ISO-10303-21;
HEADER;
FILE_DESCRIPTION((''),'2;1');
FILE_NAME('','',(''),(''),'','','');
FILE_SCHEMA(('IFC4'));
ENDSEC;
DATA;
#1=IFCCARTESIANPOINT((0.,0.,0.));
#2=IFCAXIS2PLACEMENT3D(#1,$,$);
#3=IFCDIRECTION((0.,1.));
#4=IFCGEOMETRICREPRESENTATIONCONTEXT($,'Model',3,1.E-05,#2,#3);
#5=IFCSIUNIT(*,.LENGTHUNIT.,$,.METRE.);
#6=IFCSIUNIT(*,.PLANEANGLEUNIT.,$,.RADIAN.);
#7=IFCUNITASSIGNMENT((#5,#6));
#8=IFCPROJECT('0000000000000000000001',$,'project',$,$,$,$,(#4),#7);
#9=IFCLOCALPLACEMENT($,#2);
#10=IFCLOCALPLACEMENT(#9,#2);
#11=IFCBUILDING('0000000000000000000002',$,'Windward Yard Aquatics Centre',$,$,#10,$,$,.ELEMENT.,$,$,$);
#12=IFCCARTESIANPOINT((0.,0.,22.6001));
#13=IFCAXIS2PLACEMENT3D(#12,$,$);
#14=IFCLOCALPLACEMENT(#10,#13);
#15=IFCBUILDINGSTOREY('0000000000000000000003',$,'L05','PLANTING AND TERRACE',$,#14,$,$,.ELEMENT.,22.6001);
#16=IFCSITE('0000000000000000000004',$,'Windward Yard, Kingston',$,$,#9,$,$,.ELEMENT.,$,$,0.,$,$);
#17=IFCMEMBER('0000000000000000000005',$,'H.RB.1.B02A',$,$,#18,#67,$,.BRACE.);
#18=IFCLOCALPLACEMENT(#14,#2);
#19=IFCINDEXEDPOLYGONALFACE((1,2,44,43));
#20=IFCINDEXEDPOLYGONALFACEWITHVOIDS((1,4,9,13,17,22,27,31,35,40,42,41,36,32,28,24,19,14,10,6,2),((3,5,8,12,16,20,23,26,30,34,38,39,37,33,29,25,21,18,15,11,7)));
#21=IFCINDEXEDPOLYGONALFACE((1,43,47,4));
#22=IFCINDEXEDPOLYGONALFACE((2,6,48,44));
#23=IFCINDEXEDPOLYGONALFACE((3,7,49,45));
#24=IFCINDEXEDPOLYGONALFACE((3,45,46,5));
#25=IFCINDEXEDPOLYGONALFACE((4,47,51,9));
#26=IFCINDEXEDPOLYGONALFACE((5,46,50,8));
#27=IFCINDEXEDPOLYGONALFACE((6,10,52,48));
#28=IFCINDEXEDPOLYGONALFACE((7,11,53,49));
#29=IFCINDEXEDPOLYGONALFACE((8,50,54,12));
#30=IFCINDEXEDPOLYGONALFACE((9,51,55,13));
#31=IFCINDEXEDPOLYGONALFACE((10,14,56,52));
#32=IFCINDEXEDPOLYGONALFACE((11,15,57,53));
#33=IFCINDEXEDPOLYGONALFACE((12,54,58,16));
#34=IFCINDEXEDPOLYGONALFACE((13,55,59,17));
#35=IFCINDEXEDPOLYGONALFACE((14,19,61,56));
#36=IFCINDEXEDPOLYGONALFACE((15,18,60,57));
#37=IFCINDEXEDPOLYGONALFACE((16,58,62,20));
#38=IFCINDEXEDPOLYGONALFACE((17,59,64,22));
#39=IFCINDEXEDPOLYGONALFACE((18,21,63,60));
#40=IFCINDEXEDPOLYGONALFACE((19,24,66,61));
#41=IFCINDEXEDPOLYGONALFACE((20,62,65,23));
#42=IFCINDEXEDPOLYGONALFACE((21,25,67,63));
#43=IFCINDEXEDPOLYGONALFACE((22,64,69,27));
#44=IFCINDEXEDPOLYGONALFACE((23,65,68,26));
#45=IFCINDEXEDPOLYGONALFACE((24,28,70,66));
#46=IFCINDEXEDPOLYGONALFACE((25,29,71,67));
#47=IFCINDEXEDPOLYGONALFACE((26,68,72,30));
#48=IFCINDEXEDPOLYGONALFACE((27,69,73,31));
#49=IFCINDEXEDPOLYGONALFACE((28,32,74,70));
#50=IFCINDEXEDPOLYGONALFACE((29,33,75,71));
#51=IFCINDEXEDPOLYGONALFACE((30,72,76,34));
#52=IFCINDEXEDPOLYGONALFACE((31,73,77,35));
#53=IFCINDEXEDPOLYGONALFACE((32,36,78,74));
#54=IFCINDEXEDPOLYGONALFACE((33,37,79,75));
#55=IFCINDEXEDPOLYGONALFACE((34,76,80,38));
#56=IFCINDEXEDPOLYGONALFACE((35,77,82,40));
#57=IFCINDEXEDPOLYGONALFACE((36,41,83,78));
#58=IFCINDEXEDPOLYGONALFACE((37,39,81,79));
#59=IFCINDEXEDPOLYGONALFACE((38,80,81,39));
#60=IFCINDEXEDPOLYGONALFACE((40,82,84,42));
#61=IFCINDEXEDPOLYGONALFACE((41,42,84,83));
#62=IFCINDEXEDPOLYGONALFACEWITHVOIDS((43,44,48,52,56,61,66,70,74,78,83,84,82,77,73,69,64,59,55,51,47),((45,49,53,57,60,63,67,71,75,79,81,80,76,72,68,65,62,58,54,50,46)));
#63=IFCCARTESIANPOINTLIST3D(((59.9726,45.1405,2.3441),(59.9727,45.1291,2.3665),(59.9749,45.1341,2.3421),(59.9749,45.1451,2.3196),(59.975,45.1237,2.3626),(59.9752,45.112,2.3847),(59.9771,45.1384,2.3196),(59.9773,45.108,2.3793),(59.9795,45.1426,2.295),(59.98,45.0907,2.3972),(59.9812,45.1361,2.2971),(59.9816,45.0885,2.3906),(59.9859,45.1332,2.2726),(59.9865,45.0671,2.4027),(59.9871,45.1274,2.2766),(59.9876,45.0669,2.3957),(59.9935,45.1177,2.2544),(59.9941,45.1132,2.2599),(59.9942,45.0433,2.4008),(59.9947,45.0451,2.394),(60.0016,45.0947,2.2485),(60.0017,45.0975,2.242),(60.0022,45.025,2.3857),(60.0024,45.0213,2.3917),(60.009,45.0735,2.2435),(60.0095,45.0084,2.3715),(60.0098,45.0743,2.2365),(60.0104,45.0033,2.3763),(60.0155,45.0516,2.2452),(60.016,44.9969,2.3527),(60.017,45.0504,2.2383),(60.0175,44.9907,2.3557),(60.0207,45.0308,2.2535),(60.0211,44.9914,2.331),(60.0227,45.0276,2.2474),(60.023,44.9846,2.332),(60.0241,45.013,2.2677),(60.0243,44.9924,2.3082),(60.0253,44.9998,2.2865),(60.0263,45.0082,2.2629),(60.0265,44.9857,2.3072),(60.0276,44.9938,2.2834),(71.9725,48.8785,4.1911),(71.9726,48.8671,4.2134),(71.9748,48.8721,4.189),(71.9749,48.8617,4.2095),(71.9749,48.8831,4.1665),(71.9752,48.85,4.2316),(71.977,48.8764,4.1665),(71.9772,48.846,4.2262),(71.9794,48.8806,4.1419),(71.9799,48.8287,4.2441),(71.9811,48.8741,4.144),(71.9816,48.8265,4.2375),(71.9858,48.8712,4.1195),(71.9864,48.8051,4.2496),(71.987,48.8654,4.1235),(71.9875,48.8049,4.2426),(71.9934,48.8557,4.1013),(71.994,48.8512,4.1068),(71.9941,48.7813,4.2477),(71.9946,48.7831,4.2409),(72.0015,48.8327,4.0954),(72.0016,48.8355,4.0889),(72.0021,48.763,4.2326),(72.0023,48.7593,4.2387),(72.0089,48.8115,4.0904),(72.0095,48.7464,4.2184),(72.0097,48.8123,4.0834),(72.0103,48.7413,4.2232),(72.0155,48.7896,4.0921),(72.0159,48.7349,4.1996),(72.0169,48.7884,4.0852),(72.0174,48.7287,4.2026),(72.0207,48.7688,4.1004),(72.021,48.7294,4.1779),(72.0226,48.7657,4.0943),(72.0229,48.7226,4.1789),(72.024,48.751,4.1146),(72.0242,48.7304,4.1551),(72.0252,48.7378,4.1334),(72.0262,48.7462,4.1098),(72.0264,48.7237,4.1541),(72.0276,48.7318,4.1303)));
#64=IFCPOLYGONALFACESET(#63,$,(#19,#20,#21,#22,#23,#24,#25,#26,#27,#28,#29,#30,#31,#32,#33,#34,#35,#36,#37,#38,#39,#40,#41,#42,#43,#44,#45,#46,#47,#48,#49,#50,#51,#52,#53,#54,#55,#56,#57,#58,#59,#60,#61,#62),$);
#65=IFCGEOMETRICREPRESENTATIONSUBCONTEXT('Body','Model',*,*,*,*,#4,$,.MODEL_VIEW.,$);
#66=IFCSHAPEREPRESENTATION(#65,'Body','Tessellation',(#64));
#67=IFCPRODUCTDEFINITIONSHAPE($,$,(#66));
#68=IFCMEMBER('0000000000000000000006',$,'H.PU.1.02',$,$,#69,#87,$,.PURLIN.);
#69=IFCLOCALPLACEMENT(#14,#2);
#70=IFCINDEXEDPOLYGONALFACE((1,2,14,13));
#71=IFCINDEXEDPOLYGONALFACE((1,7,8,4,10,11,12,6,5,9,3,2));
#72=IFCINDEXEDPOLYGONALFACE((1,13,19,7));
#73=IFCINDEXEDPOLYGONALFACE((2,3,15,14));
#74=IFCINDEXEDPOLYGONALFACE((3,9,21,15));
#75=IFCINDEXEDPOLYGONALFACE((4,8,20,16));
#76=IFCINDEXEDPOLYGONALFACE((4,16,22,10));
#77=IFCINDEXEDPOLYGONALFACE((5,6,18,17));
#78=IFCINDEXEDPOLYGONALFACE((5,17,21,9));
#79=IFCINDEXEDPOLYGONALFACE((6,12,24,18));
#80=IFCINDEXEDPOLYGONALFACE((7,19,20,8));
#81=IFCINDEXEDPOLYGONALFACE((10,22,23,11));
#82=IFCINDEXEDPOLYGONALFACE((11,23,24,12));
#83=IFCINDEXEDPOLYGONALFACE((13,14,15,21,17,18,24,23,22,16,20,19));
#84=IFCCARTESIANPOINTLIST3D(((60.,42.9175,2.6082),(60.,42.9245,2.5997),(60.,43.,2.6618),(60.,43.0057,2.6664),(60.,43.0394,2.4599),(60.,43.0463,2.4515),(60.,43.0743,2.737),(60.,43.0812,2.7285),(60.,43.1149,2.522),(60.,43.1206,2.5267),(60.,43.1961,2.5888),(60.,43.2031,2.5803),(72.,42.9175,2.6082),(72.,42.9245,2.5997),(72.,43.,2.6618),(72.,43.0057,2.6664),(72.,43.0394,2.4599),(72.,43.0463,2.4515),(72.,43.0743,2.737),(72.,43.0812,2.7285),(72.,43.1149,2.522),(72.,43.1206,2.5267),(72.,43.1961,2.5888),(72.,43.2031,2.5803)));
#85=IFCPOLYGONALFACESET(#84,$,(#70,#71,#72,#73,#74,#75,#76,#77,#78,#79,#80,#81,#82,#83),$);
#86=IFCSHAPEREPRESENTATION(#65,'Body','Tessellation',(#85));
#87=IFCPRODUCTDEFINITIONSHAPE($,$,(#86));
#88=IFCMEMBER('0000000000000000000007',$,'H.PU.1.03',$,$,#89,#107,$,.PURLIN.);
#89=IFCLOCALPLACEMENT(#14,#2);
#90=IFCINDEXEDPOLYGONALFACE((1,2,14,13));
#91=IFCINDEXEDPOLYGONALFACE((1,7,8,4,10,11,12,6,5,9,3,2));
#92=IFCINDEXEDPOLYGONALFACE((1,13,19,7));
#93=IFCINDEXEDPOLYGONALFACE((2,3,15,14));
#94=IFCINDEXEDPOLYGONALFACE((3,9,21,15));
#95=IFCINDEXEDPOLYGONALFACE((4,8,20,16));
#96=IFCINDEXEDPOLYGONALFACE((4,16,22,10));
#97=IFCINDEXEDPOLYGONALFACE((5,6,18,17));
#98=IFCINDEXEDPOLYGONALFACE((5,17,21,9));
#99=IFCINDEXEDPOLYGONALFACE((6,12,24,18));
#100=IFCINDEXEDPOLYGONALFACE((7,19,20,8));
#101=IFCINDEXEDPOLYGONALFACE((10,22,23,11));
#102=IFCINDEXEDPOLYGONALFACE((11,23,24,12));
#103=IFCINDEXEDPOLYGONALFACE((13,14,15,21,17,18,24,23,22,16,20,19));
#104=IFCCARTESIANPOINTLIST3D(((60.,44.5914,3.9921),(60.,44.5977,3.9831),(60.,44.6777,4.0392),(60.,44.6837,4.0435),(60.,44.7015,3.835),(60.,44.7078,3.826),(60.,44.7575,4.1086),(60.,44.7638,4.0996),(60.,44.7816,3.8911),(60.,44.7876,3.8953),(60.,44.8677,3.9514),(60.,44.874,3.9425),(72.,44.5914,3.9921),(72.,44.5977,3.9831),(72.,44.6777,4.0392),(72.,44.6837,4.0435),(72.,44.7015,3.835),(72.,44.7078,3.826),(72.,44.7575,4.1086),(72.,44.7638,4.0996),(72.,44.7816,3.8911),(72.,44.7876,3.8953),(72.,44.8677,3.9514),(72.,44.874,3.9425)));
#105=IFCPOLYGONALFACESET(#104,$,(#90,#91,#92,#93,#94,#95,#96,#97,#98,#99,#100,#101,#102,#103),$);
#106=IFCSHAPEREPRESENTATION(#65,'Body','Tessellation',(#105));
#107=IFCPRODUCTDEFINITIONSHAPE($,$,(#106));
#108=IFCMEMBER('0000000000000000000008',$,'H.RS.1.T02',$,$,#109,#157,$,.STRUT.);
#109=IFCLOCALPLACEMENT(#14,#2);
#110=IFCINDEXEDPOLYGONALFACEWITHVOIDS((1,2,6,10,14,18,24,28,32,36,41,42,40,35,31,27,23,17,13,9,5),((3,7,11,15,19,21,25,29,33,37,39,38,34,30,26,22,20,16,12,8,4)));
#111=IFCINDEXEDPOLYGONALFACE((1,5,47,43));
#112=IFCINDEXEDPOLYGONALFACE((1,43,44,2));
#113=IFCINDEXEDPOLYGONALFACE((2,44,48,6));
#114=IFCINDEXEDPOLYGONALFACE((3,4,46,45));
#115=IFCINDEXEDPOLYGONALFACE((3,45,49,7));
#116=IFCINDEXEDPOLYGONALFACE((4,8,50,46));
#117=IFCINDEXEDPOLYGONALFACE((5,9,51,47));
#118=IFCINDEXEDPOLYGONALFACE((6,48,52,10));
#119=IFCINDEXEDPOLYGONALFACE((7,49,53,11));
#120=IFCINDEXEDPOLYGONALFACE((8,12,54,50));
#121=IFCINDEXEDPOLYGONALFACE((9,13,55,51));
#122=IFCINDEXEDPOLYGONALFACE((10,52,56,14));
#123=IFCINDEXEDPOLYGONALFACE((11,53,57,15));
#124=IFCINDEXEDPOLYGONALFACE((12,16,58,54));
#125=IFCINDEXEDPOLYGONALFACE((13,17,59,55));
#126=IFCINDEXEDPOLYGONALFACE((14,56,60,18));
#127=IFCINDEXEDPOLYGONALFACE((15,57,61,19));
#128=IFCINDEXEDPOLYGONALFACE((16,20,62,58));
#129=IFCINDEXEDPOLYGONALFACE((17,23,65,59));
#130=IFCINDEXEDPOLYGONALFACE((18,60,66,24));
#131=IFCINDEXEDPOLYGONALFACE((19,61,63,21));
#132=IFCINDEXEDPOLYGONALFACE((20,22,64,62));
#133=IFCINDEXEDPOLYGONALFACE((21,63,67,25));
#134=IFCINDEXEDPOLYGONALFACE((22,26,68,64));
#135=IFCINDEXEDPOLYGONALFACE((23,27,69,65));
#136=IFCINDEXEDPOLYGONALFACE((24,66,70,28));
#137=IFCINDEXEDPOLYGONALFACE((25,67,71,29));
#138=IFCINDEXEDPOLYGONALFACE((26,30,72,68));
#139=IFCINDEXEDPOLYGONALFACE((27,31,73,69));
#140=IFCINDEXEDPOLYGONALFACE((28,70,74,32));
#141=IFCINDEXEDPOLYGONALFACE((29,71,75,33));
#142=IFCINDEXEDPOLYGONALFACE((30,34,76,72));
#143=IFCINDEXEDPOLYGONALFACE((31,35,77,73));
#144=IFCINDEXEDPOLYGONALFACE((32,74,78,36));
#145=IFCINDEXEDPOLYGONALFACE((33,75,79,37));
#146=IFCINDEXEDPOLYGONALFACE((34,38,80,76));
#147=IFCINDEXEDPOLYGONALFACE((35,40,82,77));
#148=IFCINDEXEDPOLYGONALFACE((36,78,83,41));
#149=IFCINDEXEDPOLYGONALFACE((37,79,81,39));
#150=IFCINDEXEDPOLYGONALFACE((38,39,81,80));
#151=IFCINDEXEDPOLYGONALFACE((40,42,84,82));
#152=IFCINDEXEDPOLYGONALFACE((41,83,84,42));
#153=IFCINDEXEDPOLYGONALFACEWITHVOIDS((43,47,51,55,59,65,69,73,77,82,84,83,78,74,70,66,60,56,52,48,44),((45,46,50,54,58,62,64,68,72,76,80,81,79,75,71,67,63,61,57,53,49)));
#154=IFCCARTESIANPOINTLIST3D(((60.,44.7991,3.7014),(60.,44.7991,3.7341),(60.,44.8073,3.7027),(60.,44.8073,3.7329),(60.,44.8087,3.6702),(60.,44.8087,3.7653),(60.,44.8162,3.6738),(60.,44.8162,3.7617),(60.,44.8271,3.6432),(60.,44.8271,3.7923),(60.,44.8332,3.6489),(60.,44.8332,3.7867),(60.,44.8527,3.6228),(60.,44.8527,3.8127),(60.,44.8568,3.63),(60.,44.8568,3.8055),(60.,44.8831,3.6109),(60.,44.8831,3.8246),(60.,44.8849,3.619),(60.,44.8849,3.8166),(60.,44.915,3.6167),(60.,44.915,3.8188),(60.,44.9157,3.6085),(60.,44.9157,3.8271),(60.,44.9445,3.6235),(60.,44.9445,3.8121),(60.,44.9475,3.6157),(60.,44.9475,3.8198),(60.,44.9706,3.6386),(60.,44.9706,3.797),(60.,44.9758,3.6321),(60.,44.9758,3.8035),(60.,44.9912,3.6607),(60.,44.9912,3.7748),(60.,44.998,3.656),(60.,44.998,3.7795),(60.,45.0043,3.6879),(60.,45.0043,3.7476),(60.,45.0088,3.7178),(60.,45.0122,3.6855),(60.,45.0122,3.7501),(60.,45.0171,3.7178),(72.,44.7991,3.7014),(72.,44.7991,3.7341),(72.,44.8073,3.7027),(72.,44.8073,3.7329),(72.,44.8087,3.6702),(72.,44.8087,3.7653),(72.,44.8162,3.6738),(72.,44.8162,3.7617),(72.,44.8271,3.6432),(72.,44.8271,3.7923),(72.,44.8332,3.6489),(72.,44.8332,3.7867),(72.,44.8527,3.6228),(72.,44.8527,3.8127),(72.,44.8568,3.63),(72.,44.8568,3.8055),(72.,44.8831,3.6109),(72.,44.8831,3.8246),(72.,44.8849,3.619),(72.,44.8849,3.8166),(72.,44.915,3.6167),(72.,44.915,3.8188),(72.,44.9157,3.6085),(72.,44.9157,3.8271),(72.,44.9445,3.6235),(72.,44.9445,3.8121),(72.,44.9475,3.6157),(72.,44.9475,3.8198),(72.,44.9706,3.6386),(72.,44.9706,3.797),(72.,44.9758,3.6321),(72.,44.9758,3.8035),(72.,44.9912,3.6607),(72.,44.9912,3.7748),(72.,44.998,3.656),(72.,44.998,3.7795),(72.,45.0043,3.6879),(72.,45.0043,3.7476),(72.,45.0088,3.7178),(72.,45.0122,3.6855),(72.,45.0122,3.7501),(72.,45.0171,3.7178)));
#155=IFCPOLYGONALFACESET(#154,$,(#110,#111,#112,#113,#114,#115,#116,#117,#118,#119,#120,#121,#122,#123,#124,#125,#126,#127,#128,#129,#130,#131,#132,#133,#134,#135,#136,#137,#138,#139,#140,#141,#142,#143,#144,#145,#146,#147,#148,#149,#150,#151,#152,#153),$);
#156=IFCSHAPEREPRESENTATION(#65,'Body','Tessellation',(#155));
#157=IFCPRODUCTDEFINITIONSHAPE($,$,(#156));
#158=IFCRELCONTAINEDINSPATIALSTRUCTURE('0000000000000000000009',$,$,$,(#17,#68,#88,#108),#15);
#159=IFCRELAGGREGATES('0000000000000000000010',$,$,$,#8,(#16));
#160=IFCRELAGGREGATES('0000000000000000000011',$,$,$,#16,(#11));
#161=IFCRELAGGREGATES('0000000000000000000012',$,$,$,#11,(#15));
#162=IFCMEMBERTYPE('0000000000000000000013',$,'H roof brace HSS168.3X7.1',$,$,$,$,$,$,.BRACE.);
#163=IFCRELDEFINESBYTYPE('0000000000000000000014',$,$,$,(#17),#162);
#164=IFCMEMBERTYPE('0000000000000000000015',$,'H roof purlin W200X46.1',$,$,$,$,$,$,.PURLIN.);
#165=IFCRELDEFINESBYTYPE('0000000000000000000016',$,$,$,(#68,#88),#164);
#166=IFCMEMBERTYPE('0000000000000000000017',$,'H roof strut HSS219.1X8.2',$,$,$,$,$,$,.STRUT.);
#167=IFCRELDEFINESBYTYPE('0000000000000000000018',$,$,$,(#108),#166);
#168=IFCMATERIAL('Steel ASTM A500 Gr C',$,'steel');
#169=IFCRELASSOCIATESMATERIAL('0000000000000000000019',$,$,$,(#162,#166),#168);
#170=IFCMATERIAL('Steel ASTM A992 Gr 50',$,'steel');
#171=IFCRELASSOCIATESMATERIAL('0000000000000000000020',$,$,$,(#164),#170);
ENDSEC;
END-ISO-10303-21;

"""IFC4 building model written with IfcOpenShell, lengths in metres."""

from ifc_helpers import new_model, si_unit, direction, frame, origin, origin_2d, place, context, subcontext, project, spatial, hollow_circle, i_section, extrude, material, material_profile, profile_set, type_object, element, save


model = new_model("IFC4")

# Units and contexts
model_context = context("Model", 3, precision=1e-05, world=origin(), true_north=direction((0.0, 1.0)))
body_context = subcontext(model_context, "Body", "Model", "MODEL_VIEW")
ifc_project = project(units=[si_unit("LENGTHUNIT", "METRE"), si_unit("PLANEANGLEUNIT", "RADIAN")], contexts=[model_context])

# Site, building, storey
site_placement = place(None, origin())
site = spatial("IfcSite", under=ifc_project, at=site_placement, Name="Windward Yard, Kingston", CompositionType="ELEMENT", RefElevation=0.0)
building_placement = place(site_placement, origin())
building = spatial("IfcBuilding", under=site, at=building_placement, Name="Windward Yard Aquatics Centre", CompositionType="ELEMENT")
storey_placement = place(building_placement, frame((0.0, 0.0, 22.6001)))
storey = spatial("IfcBuildingStorey", under=building, at=storey_placement, Name="L05", Description="PLANTING AND TERRACE", CompositionType="ELEMENT", Elevation=22.6001)

# Members
ifc_material_1 = material(Name="Steel ASTM A500 Gr C", Category="steel")
ifc_material_profile_1 = material_profile(ifc_material_1, hollow_circle(Radius=0.0842, WallThickness=0.0071, at=origin_2d()), Name="HSS168.3X7.1")
ifc_profile_set_1 = profile_set([ifc_material_profile_1], Name="Steel ASTM A500 Gr C")
member_type_1 = type_object("IfcMemberType", Name="H roof brace HSS168.3X7.1", PredefinedType="BRACE", material=ifc_profile_set_1)
member_1_placement = place(storey_placement, frame((60.0, 45.0647, 2.3196), z_axis=(0.944607, 0.294248, 0.145385), x_axis=(-0.297408, 0.954751, 0.0)))
element("IfcMember", 1, at=member_1_placement, inside=storey, type_object=member_type_1, Name="H.RB.1.B02A", PredefinedType="BRACE", context=body_context, shape_type="SweptSolid", body=[
    extrude(hollow_circle(Radius=0.0842, WallThickness=0.0071, at=origin_2d()), origin(), (0.0, 0.0, 1.0), 12.7036),
])
ifc_material_2 = material(Name="Steel ASTM A992 Gr 50", Category="steel")
ifc_material_profile_2 = material_profile(ifc_material_2, i_section(OverallWidth=0.2029, OverallDepth=0.2029, WebThickness=0.0073, FlangeThickness=0.011, at=origin_2d()), Name="W200X46.1")
ifc_profile_set_2 = profile_set([ifc_material_profile_2], Name="Steel ASTM A992 Gr 50")
member_type_2 = type_object("IfcMemberType", Name="H roof purlin W200X46.1", PredefinedType="PURLIN", material=ifc_profile_set_2)
for number, where, z_axis, x_axis, name in (
    (2, (60.0, 43.0603, 2.5942), (1.0, 0.0, 0.0), (0.0, 0.772611, 0.63488), "H.PU.1.02"),
    (3, (60.0, 44.7327, 3.9673), (1.0, 0.0, 0.0), (0.0, 0.818831, 0.574035), "H.PU.1.03"),
):
    element("IfcMember", number, at=place(storey_placement, frame(where, z_axis=z_axis, x_axis=x_axis)), inside=storey, type_object=member_type_2, Name=name, PredefinedType="PURLIN", context=body_context, shape_type="SweptSolid", body=[
        extrude(i_section(OverallWidth=0.2029, OverallDepth=0.2029, WebThickness=0.0073, FlangeThickness=0.011, at=origin_2d()), origin(), (0.0, 0.0, 1.0), 12.0),
    ])
ifc_material_profile_3 = material_profile(ifc_material_1, hollow_circle(Radius=0.1096, WallThickness=0.0083, at=origin_2d()), Name="HSS219.1X8.2")
ifc_profile_set_3 = profile_set([ifc_material_profile_3], Name="Steel ASTM A500 Gr C")
member_type_3 = type_object("IfcMemberType", Name="H roof strut HSS219.1X8.2", PredefinedType="STRUT", material=ifc_profile_set_3)
for number, where, z_axis, x_axis, name in (
    (4, (60.0, 44.9075, 3.7178), (1.0, 0.0, 0.0), (0.0, 1.0, 0.0), "H.RS.1.T02"),
):
    element("IfcMember", number, at=place(storey_placement, frame(where, z_axis=z_axis, x_axis=x_axis)), inside=storey, type_object=member_type_3, Name=name, PredefinedType="STRUT", context=body_context, shape_type="SweptSolid", body=[
        extrude(hollow_circle(Radius=0.1096, WallThickness=0.0083, at=origin_2d()), origin(), (0.0, 0.0, 1.0), 12.0),
    ])

save(model, "model.ifc")
